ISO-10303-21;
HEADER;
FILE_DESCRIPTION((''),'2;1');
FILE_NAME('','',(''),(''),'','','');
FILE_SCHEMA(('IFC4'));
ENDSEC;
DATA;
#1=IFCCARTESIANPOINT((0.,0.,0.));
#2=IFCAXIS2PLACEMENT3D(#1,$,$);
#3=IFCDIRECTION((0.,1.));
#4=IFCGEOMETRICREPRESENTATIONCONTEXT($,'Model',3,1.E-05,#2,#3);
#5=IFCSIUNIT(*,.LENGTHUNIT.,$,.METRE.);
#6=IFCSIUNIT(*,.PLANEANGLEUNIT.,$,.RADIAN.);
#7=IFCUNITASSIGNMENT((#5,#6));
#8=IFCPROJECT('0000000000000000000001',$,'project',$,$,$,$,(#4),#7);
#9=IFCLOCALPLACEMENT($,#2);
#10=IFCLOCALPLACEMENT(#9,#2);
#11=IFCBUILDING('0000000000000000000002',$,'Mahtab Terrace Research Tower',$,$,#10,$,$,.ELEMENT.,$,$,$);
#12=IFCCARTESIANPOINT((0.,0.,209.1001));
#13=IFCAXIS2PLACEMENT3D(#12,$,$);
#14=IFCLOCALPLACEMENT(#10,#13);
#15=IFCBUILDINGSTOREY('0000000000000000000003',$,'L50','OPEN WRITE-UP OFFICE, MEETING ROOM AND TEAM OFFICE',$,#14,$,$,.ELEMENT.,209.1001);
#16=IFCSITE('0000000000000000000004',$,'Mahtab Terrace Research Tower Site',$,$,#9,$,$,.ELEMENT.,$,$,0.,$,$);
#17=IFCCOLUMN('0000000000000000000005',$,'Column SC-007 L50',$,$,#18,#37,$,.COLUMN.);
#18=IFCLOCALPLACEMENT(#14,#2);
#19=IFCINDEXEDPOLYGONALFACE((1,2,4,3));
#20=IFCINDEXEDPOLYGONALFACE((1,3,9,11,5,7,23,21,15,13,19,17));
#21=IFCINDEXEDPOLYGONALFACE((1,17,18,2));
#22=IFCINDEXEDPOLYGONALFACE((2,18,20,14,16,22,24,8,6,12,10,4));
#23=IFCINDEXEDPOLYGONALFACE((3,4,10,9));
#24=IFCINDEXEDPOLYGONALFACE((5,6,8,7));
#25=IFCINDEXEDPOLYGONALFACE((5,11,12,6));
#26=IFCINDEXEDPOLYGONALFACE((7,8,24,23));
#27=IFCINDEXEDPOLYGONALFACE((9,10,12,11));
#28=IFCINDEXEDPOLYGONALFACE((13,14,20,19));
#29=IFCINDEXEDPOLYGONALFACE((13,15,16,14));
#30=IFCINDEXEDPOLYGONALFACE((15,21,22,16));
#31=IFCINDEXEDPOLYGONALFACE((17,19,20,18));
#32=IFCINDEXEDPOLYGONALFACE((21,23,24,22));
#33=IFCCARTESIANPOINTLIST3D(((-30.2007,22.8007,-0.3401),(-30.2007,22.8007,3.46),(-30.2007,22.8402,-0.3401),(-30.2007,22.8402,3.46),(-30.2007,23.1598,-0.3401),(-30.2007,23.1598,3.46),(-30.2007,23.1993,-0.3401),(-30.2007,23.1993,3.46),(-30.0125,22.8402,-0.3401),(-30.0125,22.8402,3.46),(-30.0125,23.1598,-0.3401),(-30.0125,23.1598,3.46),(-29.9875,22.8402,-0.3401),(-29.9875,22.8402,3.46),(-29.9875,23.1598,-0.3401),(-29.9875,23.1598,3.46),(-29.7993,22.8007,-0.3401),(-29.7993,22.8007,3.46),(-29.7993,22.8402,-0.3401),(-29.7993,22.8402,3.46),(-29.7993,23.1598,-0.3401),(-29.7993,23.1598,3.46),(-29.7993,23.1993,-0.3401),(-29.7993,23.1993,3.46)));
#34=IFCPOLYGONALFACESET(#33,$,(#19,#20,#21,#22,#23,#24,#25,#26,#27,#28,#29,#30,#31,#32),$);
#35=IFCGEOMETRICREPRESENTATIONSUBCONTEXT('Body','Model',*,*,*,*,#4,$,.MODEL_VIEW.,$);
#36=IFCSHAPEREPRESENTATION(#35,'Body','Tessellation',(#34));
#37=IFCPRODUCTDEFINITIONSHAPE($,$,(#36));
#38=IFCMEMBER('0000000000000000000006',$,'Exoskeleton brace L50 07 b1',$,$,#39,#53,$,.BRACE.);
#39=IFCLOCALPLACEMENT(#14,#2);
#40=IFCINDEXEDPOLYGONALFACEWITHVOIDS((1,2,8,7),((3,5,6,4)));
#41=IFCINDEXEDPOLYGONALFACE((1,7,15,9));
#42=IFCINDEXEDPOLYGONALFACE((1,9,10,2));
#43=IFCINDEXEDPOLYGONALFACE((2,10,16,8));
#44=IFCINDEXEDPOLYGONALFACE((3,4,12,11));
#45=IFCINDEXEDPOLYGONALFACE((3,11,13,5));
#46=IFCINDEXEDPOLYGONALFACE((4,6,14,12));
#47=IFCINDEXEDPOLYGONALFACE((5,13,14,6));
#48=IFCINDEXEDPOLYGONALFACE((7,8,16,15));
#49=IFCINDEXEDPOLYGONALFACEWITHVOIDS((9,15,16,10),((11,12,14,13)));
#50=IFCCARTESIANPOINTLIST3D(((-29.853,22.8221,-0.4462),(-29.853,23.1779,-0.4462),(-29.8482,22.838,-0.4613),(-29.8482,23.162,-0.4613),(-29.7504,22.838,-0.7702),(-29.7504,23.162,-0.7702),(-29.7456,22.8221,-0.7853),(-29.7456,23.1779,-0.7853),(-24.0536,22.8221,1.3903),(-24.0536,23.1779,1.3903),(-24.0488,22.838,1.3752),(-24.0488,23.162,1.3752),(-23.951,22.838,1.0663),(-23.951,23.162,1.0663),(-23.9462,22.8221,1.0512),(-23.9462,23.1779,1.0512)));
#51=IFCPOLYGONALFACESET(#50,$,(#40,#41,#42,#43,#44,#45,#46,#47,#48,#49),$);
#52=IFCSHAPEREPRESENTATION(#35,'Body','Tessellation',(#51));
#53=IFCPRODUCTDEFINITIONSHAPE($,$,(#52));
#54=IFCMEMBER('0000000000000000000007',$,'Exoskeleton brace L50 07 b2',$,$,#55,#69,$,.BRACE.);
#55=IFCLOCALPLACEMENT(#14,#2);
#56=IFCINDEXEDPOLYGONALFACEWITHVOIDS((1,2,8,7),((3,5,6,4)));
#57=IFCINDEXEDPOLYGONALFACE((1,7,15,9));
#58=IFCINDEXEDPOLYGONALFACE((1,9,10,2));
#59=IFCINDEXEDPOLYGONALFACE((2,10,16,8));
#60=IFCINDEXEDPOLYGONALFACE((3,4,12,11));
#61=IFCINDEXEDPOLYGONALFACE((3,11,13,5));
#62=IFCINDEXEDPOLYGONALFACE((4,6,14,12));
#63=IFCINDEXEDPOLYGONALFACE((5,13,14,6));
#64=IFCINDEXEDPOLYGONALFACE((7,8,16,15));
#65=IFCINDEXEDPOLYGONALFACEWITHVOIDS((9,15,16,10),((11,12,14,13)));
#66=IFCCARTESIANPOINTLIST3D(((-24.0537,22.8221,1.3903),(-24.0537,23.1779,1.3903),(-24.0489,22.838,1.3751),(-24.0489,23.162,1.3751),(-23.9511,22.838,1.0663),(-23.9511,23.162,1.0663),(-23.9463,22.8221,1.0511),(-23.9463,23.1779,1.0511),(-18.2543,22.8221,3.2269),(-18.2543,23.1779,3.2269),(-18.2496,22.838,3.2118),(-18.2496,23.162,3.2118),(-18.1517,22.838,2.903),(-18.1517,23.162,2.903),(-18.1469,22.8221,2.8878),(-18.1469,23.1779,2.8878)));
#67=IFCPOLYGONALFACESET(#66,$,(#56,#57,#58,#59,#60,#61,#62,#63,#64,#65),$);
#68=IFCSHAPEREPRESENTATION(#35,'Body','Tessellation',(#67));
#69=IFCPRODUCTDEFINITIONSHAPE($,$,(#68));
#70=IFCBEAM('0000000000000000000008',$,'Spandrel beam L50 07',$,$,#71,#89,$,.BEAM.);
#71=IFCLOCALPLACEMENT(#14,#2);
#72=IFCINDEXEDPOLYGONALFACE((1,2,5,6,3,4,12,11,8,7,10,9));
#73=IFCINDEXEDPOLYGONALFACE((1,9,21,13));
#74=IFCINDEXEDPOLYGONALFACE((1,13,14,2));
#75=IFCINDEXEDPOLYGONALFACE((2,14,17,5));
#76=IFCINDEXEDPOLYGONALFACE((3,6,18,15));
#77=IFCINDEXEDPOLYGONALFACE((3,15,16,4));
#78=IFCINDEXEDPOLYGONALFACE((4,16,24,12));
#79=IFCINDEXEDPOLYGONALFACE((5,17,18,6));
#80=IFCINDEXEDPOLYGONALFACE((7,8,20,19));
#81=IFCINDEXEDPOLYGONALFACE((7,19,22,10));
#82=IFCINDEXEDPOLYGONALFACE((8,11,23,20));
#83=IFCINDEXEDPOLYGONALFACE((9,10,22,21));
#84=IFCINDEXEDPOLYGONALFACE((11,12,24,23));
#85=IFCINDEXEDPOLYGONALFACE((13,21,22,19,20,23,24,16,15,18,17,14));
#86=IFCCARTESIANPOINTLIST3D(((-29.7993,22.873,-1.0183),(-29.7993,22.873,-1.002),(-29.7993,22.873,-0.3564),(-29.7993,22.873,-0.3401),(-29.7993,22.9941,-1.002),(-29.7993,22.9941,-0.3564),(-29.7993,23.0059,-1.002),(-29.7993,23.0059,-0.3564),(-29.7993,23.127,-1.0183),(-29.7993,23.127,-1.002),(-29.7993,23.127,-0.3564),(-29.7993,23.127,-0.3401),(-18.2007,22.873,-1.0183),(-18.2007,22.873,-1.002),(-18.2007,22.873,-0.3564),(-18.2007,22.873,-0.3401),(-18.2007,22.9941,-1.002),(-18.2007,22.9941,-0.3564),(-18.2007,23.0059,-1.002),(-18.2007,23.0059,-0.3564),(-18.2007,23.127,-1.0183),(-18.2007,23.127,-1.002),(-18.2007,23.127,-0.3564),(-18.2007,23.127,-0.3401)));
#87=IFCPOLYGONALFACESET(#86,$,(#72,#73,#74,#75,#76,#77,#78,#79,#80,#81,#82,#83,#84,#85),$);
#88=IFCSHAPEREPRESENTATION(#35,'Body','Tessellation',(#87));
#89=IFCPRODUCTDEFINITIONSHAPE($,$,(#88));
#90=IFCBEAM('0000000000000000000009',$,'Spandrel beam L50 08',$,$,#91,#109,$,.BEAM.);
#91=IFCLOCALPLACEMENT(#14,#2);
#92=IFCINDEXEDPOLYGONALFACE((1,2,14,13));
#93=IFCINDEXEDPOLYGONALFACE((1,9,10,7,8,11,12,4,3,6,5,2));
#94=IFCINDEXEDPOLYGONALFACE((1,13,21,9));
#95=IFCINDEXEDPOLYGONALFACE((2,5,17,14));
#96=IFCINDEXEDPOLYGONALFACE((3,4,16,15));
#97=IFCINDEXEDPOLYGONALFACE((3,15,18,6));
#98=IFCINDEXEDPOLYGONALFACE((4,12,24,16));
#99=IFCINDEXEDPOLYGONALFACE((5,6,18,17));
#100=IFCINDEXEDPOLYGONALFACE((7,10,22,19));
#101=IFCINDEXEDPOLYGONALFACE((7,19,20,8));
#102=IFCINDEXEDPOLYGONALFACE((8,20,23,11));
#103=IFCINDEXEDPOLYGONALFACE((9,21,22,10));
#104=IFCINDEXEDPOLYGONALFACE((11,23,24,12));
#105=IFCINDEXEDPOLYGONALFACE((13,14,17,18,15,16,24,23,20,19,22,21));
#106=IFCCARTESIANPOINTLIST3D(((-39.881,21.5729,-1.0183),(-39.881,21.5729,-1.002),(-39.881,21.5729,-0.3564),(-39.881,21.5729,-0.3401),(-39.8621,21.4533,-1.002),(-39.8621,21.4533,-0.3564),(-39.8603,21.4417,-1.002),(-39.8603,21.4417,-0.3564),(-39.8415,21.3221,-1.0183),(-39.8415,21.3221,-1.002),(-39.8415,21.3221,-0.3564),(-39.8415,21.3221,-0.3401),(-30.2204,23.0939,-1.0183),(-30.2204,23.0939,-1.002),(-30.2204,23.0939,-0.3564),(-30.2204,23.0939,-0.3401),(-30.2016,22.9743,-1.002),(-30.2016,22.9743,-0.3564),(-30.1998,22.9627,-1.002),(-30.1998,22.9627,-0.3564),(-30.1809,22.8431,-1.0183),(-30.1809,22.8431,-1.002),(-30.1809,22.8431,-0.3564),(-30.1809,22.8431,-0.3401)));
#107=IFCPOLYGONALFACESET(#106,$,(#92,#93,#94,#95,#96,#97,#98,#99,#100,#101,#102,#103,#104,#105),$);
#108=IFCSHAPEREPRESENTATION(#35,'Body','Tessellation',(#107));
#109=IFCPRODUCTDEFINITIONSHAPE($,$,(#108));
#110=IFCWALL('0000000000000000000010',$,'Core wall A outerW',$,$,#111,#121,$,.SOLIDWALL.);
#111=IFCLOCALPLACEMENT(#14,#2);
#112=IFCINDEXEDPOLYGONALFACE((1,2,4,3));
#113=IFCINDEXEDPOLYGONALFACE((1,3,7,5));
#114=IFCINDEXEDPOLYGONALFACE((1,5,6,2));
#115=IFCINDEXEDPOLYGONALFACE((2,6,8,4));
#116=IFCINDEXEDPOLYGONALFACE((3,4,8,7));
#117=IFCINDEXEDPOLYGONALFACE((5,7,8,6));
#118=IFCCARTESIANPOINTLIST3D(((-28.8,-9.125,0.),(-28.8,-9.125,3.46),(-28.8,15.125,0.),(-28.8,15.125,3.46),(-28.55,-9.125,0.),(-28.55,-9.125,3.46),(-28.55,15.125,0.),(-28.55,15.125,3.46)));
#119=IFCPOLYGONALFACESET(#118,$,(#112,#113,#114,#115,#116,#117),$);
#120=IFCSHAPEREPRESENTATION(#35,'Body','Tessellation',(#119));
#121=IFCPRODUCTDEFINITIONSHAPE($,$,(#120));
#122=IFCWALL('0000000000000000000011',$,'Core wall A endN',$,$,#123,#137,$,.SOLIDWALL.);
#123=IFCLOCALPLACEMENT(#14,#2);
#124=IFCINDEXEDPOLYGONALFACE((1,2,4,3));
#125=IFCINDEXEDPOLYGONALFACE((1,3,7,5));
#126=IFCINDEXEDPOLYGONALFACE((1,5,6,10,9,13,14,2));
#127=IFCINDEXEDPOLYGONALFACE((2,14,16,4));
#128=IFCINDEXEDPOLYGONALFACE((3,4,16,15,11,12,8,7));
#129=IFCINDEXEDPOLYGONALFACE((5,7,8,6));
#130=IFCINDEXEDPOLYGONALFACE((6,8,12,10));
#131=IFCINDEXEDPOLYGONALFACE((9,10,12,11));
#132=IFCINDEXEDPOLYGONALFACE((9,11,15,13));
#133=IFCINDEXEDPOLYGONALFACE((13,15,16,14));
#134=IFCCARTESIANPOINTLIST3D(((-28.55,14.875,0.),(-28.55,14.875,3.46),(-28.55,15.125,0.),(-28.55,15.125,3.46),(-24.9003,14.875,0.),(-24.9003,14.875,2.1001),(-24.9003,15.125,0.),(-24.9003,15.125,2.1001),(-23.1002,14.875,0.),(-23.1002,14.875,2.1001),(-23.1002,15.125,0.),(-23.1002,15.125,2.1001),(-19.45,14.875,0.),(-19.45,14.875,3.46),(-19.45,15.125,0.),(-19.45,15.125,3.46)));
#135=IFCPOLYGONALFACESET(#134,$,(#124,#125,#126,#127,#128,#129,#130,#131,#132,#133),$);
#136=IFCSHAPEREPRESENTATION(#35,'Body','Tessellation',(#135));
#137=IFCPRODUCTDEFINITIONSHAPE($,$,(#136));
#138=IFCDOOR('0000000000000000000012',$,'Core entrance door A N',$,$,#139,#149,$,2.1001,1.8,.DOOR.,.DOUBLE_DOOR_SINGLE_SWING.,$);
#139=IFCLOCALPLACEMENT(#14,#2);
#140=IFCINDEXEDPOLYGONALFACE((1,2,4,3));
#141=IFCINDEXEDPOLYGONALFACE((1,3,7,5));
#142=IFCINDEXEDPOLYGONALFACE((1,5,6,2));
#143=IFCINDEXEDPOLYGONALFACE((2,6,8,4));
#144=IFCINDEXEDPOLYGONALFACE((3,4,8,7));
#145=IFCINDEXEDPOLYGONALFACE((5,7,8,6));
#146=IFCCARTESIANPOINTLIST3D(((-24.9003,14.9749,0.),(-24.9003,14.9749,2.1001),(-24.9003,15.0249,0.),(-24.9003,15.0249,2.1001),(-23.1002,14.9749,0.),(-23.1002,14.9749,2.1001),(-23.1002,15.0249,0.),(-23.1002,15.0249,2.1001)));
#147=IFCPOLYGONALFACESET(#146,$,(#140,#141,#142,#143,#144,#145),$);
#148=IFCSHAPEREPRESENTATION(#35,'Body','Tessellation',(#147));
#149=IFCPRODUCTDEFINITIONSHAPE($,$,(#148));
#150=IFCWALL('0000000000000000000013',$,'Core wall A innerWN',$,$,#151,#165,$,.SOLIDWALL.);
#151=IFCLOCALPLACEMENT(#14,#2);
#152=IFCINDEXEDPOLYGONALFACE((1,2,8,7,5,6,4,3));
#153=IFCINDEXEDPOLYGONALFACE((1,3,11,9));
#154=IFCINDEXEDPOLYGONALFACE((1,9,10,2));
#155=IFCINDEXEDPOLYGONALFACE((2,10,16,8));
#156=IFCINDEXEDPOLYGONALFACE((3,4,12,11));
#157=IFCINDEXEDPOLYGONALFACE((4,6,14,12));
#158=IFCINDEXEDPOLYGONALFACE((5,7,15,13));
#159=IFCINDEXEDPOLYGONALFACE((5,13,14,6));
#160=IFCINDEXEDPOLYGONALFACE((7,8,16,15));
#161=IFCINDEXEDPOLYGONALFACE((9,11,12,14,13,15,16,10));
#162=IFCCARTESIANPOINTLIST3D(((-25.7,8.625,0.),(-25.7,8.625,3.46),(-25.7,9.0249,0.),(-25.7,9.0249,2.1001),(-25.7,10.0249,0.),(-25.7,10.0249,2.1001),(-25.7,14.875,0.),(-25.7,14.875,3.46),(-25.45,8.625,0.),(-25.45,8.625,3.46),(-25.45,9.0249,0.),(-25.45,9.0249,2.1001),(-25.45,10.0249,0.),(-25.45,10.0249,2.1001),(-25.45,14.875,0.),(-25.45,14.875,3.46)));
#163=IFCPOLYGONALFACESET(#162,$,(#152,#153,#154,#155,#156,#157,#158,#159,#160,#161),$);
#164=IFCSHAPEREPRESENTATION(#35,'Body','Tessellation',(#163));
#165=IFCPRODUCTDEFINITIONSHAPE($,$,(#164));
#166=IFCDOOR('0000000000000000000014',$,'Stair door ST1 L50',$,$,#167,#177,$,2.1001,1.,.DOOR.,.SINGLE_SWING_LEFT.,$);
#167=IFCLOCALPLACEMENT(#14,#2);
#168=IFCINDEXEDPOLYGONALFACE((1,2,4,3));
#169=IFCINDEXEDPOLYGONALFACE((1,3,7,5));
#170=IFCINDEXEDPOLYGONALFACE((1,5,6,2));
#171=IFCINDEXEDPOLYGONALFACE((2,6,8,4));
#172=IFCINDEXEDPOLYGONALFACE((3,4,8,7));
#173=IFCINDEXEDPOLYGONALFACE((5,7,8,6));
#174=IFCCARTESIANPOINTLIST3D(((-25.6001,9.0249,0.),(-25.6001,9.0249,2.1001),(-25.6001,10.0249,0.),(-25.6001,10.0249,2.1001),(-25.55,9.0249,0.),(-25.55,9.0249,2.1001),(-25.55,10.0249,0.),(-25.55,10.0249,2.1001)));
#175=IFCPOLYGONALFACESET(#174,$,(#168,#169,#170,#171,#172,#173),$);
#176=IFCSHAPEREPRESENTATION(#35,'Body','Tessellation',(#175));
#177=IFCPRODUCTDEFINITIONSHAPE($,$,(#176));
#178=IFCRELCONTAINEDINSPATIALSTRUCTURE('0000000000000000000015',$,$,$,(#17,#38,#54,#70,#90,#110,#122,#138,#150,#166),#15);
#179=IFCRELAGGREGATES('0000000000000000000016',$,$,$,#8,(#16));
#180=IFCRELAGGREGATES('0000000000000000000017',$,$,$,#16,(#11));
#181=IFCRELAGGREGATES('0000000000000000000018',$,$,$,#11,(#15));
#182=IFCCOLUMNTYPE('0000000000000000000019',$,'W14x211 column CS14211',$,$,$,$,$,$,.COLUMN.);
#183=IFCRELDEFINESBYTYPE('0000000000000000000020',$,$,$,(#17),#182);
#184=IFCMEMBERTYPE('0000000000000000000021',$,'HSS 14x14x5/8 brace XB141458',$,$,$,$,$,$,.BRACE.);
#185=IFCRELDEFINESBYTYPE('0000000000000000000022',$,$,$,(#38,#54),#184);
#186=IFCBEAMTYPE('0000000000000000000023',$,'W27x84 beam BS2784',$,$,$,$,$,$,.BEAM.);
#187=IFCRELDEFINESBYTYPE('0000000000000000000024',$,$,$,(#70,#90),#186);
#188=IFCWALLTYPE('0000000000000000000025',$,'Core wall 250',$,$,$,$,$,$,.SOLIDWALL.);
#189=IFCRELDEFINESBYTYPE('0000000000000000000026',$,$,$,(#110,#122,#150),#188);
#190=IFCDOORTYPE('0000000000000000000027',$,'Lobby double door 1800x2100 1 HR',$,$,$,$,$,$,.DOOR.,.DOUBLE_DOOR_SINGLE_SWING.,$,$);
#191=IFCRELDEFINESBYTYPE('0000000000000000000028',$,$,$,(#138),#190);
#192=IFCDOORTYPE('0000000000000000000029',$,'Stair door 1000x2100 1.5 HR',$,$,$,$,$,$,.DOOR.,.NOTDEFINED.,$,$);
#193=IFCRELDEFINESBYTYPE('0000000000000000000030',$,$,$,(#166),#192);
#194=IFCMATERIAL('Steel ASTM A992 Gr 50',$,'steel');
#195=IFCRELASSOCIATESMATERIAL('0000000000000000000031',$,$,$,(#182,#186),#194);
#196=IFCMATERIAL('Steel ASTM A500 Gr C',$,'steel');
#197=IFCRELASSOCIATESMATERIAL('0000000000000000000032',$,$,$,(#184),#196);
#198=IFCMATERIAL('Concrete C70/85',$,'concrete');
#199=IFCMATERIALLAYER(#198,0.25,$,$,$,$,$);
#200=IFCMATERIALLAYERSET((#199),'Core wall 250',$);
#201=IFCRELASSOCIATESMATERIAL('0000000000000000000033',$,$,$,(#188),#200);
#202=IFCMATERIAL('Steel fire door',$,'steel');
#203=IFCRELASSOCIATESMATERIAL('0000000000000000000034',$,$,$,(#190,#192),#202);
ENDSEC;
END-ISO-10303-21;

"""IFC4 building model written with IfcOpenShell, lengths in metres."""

from ifc_helpers import new_model, si_unit, direction, frame, frame_2d, origin, origin_2d, place, context, subcontext, project, spatial, rectangle, hollow_rectangle, i_section, extrude, material, layer, layer_set, material_profile, profile_set, type_object, element, fill, save


model = new_model("IFC4")

# Units and contexts
model_context = context("Model", 3, precision=1e-05, world=origin(), true_north=direction((0.0, 1.0)))
body_context = subcontext(model_context, "Body", "Model", "MODEL_VIEW")
ifc_project = project(units=[si_unit("LENGTHUNIT", "METRE"), si_unit("PLANEANGLEUNIT", "RADIAN")], contexts=[model_context])

# Site, building, storey
site_placement = place(None, origin())
site = spatial("IfcSite", under=ifc_project, at=site_placement, Name="Mahtab Terrace Research Tower Site", CompositionType="ELEMENT", RefElevation=0.0)
building_placement = place(site_placement, origin())
building = spatial("IfcBuilding", under=site, at=building_placement, Name="Mahtab Terrace Research Tower", CompositionType="ELEMENT")
storey_placement = place(building_placement, frame((0.0, 0.0, 209.1001)))
storey = spatial("IfcBuildingStorey", under=building, at=storey_placement, Name="L50", Description="OPEN WRITE-UP OFFICE, MEETING ROOM AND TEAM OFFICE", CompositionType="ELEMENT", Elevation=209.1001)

# Column
ifc_material_1 = material(Name="Steel ASTM A992 Gr 50", Category="steel")
ifc_material_profile_1 = material_profile(ifc_material_1, i_section(OverallWidth=0.4014, OverallDepth=0.3987, WebThickness=0.0249, FlangeThickness=0.0396, at=origin_2d()), Name="W14X211")
ifc_profile_set_1 = profile_set([ifc_material_profile_1], Name="Steel ASTM A992 Gr 50")
column_type = type_object("IfcColumnType", Name="W14x211 column CS14211", PredefinedType="COLUMN", material=ifc_profile_set_1)
column_placement = place(storey_placement, frame((-30.0, 23.0, -0.3401), z_axis=(0.0, 0.0, 1.0), x_axis=(1.0, 0.0, 0.0)))
element("IfcColumn", 1, at=column_placement, inside=storey, type_object=column_type, Name="Column SC-007 L50", PredefinedType="COLUMN", context=body_context, shape_type="SweptSolid", body=[
    extrude(i_section(OverallWidth=0.4014, OverallDepth=0.3987, WebThickness=0.0249, FlangeThickness=0.0396, at=origin_2d()), origin(), (0.0, 0.0, 1.0), 3.8),
])

# Members
ifc_material_2 = material(Name="Steel ASTM A500 Gr C", Category="steel")
ifc_material_profile_2 = material_profile(ifc_material_2, hollow_rectangle(XDim=0.3557, YDim=0.3557, WallThickness=0.0159, at=origin_2d()), Name="HSS14X14X5/8")
ifc_profile_set_2 = profile_set([ifc_material_profile_2], Name="Steel ASTM A500 Gr C")
member_type = type_object("IfcMemberType", Name="HSS 14x14x5/8 brace XB141458", PredefinedType="BRACE", material=ifc_profile_set_2)
for number, where, z_axis, x_axis, name in (
    (2, (-29.7993, 23.0, -0.6157), (0.953343, 0.0, 0.301888), (0.0, 1.0, 0.0), "Exoskeleton brace L50 07 b1"),
    (3, (-24.0, 23.0, 1.2207), (0.953332, 0.0, 0.301925), (0.0, 1.0, 0.0), "Exoskeleton brace L50 07 b2"),
):
    element("IfcMember", number, at=place(storey_placement, frame(where, z_axis=z_axis, x_axis=x_axis)), inside=storey, type_object=member_type, Name=name, PredefinedType="BRACE", context=body_context, shape_type="SweptSolid", body=[
        extrude(hollow_rectangle(XDim=0.3557, YDim=0.3557, WallThickness=0.0159, at=origin_2d()), origin(), (0.0, 0.0, 1.0), 6.0833),
    ])

# Beams
ifc_material_profile_3 = material_profile(ifc_material_1, i_section(OverallWidth=0.2539, OverallDepth=0.6782, WebThickness=0.0117, FlangeThickness=0.0164, at=origin_2d()), Name="W27X84")
ifc_profile_set_3 = profile_set([ifc_material_profile_3], Name="Steel ASTM A992 Gr 50")
beam_type = type_object("IfcBeamType", Name="W27x84 beam BS2784", PredefinedType="BEAM", material=ifc_profile_set_3)
beam_1_placement = place(storey_placement, frame((-18.2007, 23.0, -0.6792), z_axis=(-1.0, 0.0, 0.0), x_axis=(0.0, -1.0, 0.0)))
element("IfcBeam", 4, at=beam_1_placement, inside=storey, type_object=beam_type, Name="Spandrel beam L50 07", PredefinedType="BEAM", context=body_context, shape_type="SweptSolid", body=[
    extrude(i_section(OverallWidth=0.2539, OverallDepth=0.6782, WebThickness=0.0117, FlangeThickness=0.0164, at=origin_2d()), origin(), (0.0, 0.0, 1.0), 11.5986),
])
beam_2_placement = place(storey_placement, frame((-30.2007, 22.9685, -0.6792), z_axis=(-0.987832, -0.155527, 0.0), x_axis=(0.155527, -0.987832, 0.0)))
element("IfcBeam", 5, at=beam_2_placement, inside=storey, type_object=beam_type, Name="Spandrel beam L50 08", PredefinedType="BEAM", context=body_context, shape_type="SweptSolid", body=[
    extrude(i_section(OverallWidth=0.2539, OverallDepth=0.6782, WebThickness=0.0117, FlangeThickness=0.0164, at=origin_2d()), origin(), (0.0, 0.0, 1.0), 9.7795),
])

# Wall
ifc_material_3 = material(Name="Concrete C70/85", Category="concrete")
ifc_layer_1 = layer(ifc_material_3, 0.25)
ifc_layer_set_1 = layer_set([ifc_layer_1], Name="Core wall 250")
wall_type_1 = type_object("IfcWallType", Name="Core wall 250", PredefinedType="SOLIDWALL", material=ifc_layer_set_1)
wall_1_placement = place(storey_placement, frame((-28.675, 15.125, 0.0), z_axis=(0.0, 0.0, 1.0), x_axis=(0.0, -1.0, 0.0)))
element("IfcWall", 6, at=wall_1_placement, inside=storey, type_object=wall_type_1, Name="Core wall A outerW", PredefinedType="SOLIDWALL", context=body_context, shape_type="SweptSolid", body=[
    extrude(rectangle(XDim=24.25, YDim=0.25, at=frame_2d((12.125, 0.0))), origin(), (0.0, 0.0, 1.0), 3.46),
])

# Walls, openings, doors
wall_2_placement = place(storey_placement, frame((-28.55, 15.0, 0.0), z_axis=(0.0, 0.0, 1.0), x_axis=(1.0, 0.0, 0.0)))
wall_2 = element("IfcWall", 7, at=wall_2_placement, inside=storey, type_object=wall_type_1, Name="Core wall A endN", PredefinedType="SOLIDWALL", context=body_context, shape_type="SweptSolid", body=[
    extrude(rectangle(XDim=9.1001, YDim=0.25, at=frame_2d((4.55, 0.0))), origin(), (0.0, 0.0, 1.0), 3.46),
])
opening_1_placement = place(wall_2_placement, frame((3.6499, 0.0, 0.0)))
opening_1 = element("IfcOpeningElement", 8, at=opening_1_placement, cuts=wall_2, PredefinedType="OPENING", context=body_context, shape_type="SweptSolid", body=[
    extrude(rectangle(XDim=1.8, YDim=2.1001, at=frame_2d((0.8999, 1.05))), frame((0.0, 0.135, 0.0), z_axis=(0.0, -1.0, 0.0), x_axis=(1.0, 0.0, 0.0)), (0.0, 0.0, 1.0), 0.27),
])
ifc_material_4 = material(Name="Steel fire door", Category="steel")
door_type_1 = type_object("IfcDoorType", Name="Lobby double door 1800x2100 1 HR", OperationType="DOUBLE_DOOR_SINGLE_SWING", PredefinedType="DOOR", material=ifc_material_4)
door_1_placement = place(opening_1_placement, origin())
door_1 = element("IfcDoor", 9, at=door_1_placement, inside=storey, type_object=door_type_1, Name="Core entrance door A N", OperationType="DOUBLE_DOOR_SINGLE_SWING", OverallHeight=2.1001, OverallWidth=1.8, PredefinedType="DOOR", context=body_context, shape_type="SweptSolid", body=[
    extrude(rectangle(XDim=1.8, YDim=2.1001, at=frame_2d((0.8999, 1.05))), frame((0.0, 0.0249, 0.0), z_axis=(0.0, -1.0, 0.0), x_axis=(1.0, 0.0, 0.0)), (0.0, 0.0, 1.0), 0.05),
])
fill(opening_1, door_1)
wall_3_placement = place(storey_placement, frame((-25.575, 14.875, 0.0), z_axis=(0.0, 0.0, 1.0), x_axis=(0.0, -1.0, 0.0)))
wall_3 = element("IfcWall", 10, at=wall_3_placement, inside=storey, type_object=wall_type_1, Name="Core wall A innerWN", PredefinedType="SOLIDWALL", context=body_context, shape_type="SweptSolid", body=[
    extrude(rectangle(XDim=6.25, YDim=0.25, at=frame_2d((3.125, 0.0))), origin(), (0.0, 0.0, 1.0), 3.46),
])
opening_2_placement = place(wall_3_placement, frame((4.8501, 0.0, 0.0)))
opening_2 = element("IfcOpeningElement", 11, at=opening_2_placement, cuts=wall_3, PredefinedType="OPENING", context=body_context, shape_type="SweptSolid", body=[
    extrude(rectangle(XDim=1.0, YDim=2.1001, at=frame_2d((0.5, 1.05))), frame((0.0, 0.135, 0.0), z_axis=(0.0, -1.0, 0.0), x_axis=(1.0, 0.0, 0.0)), (0.0, 0.0, 1.0), 0.27),
])
door_type_2 = type_object("IfcDoorType", Name="Stair door 1000x2100 1.5 HR", OperationType="NOTDEFINED", PredefinedType="DOOR", material=ifc_material_4)
door_2_placement = place(opening_2_placement, origin())
door_2 = element("IfcDoor", 12, at=door_2_placement, inside=storey, type_object=door_type_2, Name="Stair door ST1 L50", OperationType="SINGLE_SWING_LEFT", OverallHeight=2.1001, OverallWidth=1.0, PredefinedType="DOOR", context=body_context, shape_type="SweptSolid", body=[
    extrude(rectangle(XDim=1.0, YDim=2.1001, at=frame_2d((0.5, 1.05))), frame((0.0, 0.0249, 0.0), z_axis=(0.0, -1.0, 0.0), x_axis=(1.0, 0.0, 0.0)), (0.0, 0.0, 1.0), 0.05),
])
fill(opening_2, door_2)

save(model, "model.ifc")
